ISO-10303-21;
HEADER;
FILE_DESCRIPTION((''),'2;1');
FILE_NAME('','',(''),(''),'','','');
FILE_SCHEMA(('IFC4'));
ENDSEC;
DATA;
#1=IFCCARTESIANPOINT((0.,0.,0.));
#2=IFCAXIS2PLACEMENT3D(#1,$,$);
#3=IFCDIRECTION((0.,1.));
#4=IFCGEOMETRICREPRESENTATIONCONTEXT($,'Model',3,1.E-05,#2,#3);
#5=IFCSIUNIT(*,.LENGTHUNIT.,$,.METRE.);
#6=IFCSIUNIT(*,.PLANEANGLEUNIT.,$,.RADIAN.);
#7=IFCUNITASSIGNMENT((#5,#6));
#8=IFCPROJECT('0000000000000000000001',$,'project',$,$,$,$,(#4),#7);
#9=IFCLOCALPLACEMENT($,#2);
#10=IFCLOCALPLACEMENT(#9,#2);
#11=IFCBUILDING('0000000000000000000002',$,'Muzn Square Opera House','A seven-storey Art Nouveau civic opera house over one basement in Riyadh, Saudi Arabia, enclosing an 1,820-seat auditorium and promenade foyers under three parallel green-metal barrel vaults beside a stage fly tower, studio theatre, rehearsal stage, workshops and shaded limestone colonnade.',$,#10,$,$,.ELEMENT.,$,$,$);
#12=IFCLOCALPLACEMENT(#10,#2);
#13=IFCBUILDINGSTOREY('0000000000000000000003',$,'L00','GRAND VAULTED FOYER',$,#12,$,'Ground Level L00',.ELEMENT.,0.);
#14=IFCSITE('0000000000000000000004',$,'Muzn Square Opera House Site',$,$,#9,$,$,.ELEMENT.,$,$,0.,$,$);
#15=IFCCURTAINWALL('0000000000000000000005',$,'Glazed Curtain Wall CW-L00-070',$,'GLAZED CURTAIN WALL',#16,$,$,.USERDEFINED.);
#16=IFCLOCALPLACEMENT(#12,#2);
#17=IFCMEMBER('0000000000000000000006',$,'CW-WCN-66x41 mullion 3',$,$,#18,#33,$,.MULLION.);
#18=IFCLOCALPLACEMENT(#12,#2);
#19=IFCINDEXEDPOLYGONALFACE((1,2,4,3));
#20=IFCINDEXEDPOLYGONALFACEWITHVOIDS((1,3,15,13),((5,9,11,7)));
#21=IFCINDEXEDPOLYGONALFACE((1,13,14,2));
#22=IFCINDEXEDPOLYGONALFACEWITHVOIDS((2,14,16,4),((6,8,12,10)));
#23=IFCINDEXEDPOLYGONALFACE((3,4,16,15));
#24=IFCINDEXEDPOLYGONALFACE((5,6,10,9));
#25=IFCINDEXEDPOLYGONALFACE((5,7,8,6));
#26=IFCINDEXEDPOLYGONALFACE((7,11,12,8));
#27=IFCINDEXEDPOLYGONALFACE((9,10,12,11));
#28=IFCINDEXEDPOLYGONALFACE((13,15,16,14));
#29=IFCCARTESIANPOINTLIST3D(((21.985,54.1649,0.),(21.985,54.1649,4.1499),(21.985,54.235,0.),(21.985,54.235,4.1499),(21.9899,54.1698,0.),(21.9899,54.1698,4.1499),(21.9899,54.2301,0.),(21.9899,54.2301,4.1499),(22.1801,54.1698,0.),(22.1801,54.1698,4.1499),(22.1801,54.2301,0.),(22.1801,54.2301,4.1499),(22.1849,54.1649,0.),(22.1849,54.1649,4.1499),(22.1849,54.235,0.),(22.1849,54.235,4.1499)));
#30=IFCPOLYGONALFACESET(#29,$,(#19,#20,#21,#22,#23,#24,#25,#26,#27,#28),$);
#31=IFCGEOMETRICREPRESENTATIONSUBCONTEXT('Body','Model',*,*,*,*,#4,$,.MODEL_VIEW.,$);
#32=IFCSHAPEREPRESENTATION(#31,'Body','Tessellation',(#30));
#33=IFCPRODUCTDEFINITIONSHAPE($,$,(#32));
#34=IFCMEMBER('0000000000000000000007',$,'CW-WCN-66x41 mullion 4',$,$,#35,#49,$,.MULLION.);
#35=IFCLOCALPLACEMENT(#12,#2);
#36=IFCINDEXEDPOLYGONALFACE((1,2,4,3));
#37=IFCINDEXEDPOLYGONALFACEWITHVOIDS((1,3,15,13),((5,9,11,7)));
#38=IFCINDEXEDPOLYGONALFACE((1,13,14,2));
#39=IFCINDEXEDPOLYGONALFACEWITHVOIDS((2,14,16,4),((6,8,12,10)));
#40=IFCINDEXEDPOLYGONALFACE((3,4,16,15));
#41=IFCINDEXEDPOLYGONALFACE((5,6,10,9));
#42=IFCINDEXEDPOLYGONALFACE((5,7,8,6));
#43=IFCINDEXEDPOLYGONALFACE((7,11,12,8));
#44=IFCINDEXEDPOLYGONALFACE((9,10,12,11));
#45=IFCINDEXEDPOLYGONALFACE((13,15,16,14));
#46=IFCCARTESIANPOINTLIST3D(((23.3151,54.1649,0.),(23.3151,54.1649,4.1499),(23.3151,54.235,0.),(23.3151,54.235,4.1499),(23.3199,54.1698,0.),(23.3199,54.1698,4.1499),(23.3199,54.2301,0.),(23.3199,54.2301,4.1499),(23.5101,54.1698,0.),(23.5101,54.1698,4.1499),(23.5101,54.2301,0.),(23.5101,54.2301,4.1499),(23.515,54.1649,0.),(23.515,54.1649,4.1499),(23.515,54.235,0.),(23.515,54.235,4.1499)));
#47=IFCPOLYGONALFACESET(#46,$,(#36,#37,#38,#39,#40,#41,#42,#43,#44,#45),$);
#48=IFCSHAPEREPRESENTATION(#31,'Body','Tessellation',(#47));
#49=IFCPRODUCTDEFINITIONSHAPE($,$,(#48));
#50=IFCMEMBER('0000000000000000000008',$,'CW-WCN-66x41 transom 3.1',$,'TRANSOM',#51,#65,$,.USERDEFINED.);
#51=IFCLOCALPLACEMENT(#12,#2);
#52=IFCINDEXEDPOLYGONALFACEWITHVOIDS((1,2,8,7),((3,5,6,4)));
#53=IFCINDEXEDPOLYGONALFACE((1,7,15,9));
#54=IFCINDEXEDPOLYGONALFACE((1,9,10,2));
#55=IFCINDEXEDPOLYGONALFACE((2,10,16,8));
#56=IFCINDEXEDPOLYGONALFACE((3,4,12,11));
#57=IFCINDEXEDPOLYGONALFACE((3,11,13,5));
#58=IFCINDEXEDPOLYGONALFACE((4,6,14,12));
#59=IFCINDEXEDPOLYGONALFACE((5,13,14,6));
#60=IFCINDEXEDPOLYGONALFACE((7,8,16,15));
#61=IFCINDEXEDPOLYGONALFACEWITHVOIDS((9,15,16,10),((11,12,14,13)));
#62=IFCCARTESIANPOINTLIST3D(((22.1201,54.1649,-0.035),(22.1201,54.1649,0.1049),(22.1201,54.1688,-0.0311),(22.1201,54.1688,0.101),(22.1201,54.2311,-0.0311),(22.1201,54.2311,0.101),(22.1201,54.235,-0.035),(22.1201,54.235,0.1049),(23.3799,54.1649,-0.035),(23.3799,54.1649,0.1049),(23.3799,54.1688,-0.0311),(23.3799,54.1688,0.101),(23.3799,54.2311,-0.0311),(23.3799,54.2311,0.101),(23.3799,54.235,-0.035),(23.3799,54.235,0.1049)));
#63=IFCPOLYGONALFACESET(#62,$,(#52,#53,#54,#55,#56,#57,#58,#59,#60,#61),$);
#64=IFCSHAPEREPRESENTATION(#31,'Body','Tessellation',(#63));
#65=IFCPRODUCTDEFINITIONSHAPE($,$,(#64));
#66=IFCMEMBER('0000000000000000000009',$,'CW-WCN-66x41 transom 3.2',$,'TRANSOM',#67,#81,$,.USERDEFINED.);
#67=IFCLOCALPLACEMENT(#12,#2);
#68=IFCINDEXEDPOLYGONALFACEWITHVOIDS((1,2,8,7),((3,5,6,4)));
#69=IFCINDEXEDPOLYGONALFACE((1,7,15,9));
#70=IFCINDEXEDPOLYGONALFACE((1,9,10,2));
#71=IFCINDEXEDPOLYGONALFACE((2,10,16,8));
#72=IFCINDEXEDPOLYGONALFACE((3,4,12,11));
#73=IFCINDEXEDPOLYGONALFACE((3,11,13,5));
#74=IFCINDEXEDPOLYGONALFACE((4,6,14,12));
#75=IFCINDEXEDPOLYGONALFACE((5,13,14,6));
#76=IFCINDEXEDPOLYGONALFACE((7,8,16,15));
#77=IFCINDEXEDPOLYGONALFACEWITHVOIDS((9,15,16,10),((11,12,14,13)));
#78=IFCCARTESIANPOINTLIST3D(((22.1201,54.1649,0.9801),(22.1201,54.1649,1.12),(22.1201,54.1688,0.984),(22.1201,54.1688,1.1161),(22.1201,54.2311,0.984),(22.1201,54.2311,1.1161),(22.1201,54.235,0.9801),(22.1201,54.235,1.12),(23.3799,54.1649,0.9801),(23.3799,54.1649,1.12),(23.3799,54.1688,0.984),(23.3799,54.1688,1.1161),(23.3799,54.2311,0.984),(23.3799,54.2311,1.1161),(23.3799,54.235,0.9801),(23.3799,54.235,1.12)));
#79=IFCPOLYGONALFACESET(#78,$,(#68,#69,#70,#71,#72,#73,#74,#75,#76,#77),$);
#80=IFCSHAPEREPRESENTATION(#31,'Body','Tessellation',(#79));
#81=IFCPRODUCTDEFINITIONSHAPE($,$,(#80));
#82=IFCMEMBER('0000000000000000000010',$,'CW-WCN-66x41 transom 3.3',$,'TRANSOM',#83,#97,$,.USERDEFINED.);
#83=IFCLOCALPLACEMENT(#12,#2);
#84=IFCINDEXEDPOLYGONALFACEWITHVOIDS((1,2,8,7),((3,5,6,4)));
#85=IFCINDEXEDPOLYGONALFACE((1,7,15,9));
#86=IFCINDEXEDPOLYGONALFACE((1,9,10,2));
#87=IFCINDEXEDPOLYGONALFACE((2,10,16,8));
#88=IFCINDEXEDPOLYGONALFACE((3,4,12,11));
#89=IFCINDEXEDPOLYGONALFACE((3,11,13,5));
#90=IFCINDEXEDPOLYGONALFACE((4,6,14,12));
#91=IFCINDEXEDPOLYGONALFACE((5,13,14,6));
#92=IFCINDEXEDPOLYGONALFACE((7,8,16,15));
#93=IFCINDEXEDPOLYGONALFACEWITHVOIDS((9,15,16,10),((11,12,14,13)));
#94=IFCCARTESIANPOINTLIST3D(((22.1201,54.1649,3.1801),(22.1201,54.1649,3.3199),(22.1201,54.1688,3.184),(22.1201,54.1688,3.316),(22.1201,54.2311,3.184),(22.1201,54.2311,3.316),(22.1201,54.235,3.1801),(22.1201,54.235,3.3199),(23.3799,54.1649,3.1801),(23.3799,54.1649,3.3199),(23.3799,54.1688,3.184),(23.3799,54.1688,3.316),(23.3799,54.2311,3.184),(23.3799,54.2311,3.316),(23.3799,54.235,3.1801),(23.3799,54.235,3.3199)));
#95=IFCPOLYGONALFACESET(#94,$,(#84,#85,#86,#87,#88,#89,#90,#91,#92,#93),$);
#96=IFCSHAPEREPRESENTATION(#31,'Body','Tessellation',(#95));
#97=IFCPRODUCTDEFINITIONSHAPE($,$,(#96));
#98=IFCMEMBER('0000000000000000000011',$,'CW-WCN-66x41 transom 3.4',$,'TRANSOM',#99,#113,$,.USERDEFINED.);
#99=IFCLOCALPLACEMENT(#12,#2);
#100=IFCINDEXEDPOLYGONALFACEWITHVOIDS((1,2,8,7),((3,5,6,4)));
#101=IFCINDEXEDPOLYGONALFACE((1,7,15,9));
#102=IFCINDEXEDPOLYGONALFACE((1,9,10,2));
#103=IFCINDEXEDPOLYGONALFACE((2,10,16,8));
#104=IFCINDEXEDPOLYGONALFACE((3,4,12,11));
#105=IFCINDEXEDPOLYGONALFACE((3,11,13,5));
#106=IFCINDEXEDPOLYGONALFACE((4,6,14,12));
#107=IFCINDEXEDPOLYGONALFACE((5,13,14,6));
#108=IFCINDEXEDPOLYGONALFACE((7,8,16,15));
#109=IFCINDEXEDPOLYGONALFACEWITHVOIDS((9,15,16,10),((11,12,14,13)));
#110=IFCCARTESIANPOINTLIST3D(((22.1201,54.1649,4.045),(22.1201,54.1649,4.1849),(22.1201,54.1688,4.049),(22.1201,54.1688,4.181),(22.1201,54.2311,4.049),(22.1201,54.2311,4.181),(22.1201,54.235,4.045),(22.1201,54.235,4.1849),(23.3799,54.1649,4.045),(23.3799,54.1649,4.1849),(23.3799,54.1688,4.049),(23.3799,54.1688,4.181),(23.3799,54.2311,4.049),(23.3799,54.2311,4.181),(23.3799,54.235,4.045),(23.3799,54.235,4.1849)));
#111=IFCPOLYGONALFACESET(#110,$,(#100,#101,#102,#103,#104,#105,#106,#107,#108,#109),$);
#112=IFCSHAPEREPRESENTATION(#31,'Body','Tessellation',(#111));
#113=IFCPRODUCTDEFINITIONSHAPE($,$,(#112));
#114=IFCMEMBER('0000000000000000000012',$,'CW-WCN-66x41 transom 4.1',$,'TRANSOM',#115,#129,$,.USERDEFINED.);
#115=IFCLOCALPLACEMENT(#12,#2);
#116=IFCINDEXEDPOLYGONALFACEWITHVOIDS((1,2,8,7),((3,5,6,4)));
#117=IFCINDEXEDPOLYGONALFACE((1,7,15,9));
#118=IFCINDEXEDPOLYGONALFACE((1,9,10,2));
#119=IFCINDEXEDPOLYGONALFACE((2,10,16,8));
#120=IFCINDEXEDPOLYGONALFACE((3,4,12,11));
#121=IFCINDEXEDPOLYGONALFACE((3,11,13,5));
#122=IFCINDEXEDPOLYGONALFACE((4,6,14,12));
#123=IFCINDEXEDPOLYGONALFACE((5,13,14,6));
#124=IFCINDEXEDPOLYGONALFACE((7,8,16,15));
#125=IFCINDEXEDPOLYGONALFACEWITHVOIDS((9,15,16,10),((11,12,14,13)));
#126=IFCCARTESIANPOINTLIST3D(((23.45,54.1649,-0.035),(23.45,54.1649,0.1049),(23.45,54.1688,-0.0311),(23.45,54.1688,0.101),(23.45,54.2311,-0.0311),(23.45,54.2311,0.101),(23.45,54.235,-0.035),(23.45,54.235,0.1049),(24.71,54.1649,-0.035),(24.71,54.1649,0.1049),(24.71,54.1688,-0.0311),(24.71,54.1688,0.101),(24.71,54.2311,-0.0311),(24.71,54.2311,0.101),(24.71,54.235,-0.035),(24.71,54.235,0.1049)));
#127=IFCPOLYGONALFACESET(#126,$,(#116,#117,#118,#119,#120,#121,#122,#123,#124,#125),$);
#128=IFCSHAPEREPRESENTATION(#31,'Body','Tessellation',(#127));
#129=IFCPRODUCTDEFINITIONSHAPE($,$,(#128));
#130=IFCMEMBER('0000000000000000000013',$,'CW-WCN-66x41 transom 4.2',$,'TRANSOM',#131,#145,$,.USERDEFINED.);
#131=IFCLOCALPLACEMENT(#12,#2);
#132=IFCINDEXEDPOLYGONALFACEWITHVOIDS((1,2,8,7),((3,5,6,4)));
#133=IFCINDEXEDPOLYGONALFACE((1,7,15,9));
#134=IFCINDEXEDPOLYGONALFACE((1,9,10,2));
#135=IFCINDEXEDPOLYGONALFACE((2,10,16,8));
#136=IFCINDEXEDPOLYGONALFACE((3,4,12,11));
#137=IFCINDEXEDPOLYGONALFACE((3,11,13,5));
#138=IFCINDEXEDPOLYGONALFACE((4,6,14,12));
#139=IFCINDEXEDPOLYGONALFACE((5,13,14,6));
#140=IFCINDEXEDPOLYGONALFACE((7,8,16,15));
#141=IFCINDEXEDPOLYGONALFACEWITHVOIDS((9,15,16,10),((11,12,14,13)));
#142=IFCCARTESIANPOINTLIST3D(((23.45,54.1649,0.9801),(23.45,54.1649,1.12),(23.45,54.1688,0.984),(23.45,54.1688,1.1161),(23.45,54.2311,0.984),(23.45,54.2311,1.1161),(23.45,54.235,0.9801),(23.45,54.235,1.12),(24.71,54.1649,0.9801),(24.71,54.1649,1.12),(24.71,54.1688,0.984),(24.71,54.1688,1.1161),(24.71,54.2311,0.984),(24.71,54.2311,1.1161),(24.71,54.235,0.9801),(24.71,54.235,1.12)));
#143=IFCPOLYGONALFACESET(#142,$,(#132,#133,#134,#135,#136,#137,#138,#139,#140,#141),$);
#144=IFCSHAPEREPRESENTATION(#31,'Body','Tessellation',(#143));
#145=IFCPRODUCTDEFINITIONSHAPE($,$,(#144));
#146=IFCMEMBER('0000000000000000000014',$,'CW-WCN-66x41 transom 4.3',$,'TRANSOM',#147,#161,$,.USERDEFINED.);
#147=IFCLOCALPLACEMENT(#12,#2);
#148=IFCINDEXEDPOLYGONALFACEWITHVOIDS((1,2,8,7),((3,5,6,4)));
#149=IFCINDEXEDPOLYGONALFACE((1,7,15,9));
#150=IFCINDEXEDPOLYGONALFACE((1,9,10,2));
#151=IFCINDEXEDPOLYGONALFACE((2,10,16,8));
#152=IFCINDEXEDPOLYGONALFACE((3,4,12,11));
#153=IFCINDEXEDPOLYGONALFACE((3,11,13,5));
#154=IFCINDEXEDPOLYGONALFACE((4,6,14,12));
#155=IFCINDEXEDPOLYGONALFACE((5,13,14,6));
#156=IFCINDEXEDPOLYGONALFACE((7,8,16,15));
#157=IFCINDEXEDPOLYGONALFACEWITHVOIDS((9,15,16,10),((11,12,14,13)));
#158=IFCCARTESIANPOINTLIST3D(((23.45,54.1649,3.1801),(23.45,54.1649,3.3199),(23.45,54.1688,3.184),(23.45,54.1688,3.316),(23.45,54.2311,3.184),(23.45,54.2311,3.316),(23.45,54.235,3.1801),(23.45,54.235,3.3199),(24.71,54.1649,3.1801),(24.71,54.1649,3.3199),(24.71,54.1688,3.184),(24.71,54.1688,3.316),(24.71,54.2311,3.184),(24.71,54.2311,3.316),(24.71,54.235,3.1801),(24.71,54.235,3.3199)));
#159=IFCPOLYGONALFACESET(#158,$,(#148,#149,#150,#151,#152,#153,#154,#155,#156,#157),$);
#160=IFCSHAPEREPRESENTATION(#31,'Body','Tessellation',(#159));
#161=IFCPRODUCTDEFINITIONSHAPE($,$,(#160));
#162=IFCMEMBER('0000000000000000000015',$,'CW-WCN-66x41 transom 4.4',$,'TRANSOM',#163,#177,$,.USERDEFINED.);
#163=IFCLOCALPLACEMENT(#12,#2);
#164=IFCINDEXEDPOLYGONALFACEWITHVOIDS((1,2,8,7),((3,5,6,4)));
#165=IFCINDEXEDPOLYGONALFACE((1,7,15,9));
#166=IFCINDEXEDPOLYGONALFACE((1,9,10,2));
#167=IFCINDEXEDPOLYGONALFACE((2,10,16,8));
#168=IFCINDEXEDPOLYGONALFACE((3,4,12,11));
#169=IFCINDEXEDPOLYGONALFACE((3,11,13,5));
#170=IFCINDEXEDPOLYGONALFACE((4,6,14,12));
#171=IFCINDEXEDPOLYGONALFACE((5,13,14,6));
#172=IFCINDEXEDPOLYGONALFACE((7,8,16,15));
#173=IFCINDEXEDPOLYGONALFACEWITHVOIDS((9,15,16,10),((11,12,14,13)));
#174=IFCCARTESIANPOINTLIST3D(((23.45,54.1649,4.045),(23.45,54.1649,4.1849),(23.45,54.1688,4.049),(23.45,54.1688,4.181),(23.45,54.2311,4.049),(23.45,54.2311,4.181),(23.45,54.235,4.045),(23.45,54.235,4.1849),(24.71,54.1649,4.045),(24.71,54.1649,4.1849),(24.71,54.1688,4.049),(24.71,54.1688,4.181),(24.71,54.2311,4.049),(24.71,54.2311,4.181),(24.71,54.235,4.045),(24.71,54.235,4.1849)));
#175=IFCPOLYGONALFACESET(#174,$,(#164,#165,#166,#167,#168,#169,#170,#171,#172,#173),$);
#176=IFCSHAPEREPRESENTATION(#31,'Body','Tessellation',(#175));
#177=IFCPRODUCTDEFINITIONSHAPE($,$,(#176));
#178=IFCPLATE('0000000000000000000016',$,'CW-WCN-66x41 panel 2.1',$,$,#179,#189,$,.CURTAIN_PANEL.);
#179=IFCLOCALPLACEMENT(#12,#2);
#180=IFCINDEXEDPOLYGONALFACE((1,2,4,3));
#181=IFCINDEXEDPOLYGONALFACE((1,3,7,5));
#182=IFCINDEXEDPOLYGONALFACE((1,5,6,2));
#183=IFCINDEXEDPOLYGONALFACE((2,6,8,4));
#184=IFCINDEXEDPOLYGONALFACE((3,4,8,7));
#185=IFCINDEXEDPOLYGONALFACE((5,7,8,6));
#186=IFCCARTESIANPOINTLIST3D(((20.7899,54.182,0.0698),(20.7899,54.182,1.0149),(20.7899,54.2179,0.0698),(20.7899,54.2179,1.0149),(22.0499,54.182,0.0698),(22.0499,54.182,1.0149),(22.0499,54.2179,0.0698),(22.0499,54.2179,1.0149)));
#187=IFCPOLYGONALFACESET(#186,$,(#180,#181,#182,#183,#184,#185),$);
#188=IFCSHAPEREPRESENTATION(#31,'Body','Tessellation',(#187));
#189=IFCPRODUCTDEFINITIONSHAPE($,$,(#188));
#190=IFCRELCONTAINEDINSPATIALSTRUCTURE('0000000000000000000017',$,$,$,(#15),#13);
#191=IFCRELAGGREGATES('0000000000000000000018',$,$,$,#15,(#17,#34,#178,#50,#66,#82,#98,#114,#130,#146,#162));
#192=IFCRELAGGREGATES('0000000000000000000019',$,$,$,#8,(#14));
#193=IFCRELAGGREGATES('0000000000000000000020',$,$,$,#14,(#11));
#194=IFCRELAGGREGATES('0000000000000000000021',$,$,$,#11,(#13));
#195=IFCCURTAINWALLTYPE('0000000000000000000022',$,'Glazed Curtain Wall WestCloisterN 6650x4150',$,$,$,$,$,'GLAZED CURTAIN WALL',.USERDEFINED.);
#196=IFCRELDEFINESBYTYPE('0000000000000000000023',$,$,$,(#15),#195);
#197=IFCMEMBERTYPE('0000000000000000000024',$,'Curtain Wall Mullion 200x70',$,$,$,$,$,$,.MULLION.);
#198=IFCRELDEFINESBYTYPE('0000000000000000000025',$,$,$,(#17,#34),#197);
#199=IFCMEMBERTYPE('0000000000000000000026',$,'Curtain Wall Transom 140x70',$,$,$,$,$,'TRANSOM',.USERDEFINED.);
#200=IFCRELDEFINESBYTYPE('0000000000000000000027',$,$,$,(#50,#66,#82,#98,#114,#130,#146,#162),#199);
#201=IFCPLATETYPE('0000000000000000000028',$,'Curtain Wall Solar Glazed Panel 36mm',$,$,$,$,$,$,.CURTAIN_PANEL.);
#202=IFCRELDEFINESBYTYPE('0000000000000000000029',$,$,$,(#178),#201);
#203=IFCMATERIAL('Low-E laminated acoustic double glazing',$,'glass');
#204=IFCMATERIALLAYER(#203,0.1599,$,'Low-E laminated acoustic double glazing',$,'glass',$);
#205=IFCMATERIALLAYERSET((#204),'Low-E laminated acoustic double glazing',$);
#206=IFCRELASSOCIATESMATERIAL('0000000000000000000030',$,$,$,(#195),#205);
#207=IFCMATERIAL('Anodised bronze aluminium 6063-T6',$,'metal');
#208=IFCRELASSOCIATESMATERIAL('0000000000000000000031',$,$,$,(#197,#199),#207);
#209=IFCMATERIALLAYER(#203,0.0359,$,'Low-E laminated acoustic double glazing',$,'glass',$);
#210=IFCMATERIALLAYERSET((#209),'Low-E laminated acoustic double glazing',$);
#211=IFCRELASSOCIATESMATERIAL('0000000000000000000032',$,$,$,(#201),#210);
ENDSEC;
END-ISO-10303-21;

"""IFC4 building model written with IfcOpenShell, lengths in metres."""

from ifc_helpers import new_model, si_unit, direction, frame, origin, origin_2d, place, context, subcontext, project, spatial, rectangle, hollow_rectangle, extrude, material, layer, layer_set, material_profile, profile_set, type_object, element, aggregate, save


model = new_model("IFC4")

# Units and contexts
model_context = context("Model", 3, precision=1e-05, world=origin(), true_north=direction((0.0, 1.0)))
body_context = subcontext(model_context, "Body", "Model", "MODEL_VIEW")
ifc_project = project(units=[si_unit("LENGTHUNIT", "METRE"), si_unit("PLANEANGLEUNIT", "RADIAN")], contexts=[model_context])

# Site, building, storey
site_placement = place(None, origin())
site = spatial("IfcSite", under=ifc_project, at=site_placement, Name="Muzn Square Opera House Site", CompositionType="ELEMENT", RefElevation=0.0)
building_placement = place(site_placement, origin())
building = spatial("IfcBuilding", under=site, at=building_placement, Name="Muzn Square Opera House", Description="A seven-storey Art Nouveau civic opera house over one basement in Riyadh, Saudi Arabia, enclosing an 1,820-seat auditorium and promenade foyers under three parallel green-metal barrel vaults beside a stage fly tower, studio theatre, rehearsal stage, workshops and shaded limestone colonnade.", CompositionType="ELEMENT")
storey_placement = place(building_placement, origin())
storey = spatial("IfcBuildingStorey", under=building, at=storey_placement, Name="L00", Description="GRAND VAULTED FOYER", LongName="Ground Level L00", CompositionType="ELEMENT", Elevation=0.0)

# Curtain wall, members, plate
ifc_material_1 = material(Name="Low-E laminated acoustic double glazing", Category="glass")
ifc_layer_1 = layer(ifc_material_1, 0.1599, Name="Low-E laminated acoustic double glazing", Category="glass")
ifc_layer_set_1 = layer_set([ifc_layer_1], Name="Low-E laminated acoustic double glazing")
curtain_wall_type = type_object("IfcCurtainWallType", Name="Glazed Curtain Wall WestCloisterN 6650x4150", ElementType="GLAZED CURTAIN WALL", PredefinedType="USERDEFINED", material=ifc_layer_set_1)
curtain_wall_placement = place(storey_placement, origin())
curtain_wall = element("IfcCurtainWall", 1, at=curtain_wall_placement, inside=storey, type_object=curtain_wall_type, Name="Glazed Curtain Wall CW-L00-070", ObjectType="GLAZED CURTAIN WALL", PredefinedType="USERDEFINED")
ifc_material_2 = material(Name="Anodised bronze aluminium 6063-T6", Category="metal")
ifc_material_profile_1 = material_profile(ifc_material_2, hollow_rectangle(XDim=0.0701, YDim=0.2, WallThickness=0.0049, at=origin_2d()), Name="ALU 200x70x5", Category="metal")
ifc_profile_set_1 = profile_set([ifc_material_profile_1], Name="Anodised bronze aluminium 6063-T6")
member_type_1 = type_object("IfcMemberType", Name="Curtain Wall Mullion 200x70", PredefinedType="MULLION", material=ifc_profile_set_1)
member_1_placement = place(storey_placement, frame((22.085, 54.2, 0.0), z_axis=(0.0, 0.0, 1.0), x_axis=(0.0, 1.0, 0.0)))
member_1 = element("IfcMember", 2, at=member_1_placement, type_object=member_type_1, Name="CW-WCN-66x41 mullion 3", PredefinedType="MULLION", context=body_context, shape_type="SweptSolid", body=[
    extrude(hollow_rectangle(XDim=0.0701, YDim=0.2, WallThickness=0.0049, at=origin_2d()), origin(), (0.0, 0.0, 1.0), 4.1499),
])
member_2_placement = place(storey_placement, frame((23.415, 54.2, 0.0), z_axis=(0.0, 0.0, 1.0), x_axis=(0.0, 1.0, 0.0)))
member_2 = element("IfcMember", 3, at=member_2_placement, type_object=member_type_1, Name="CW-WCN-66x41 mullion 4", PredefinedType="MULLION", context=body_context, shape_type="SweptSolid", body=[
    extrude(hollow_rectangle(XDim=0.0701, YDim=0.2, WallThickness=0.0049, at=origin_2d()), origin(), (0.0, 0.0, 1.0), 4.1499),
])
ifc_material_profile_2 = material_profile(ifc_material_2, hollow_rectangle(XDim=0.0701, YDim=0.1399, WallThickness=0.0039, at=origin_2d()), Name="ALU 140x70x4", Category="metal")
ifc_profile_set_2 = profile_set([ifc_material_profile_2], Name="Anodised bronze aluminium 6063-T6")
member_type_2 = type_object("IfcMemberType", Name="Curtain Wall Transom 140x70", ElementType="TRANSOM", PredefinedType="USERDEFINED", material=ifc_profile_set_2)
member_3_placement = place(storey_placement, frame((22.1201, 54.2, 0.0349), z_axis=(1.0, 0.0, 0.0), x_axis=(0.0, 1.0, 0.0)))
member_3 = element("IfcMember", 4, at=member_3_placement, type_object=member_type_2, Name="CW-WCN-66x41 transom 3.1", ObjectType="TRANSOM", PredefinedType="USERDEFINED", context=body_context, shape_type="SweptSolid", body=[
    extrude(hollow_rectangle(XDim=0.0701, YDim=0.1399, WallThickness=0.0039, at=origin_2d()), origin(), (0.0, 0.0, 1.0), 1.2598),
])
member_4_placement = place(storey_placement, frame((22.1201, 54.2, 1.05), z_axis=(1.0, 0.0, 0.0), x_axis=(0.0, 1.0, 0.0)))
member_4 = element("IfcMember", 5, at=member_4_placement, type_object=member_type_2, Name="CW-WCN-66x41 transom 3.2", ObjectType="TRANSOM", PredefinedType="USERDEFINED", context=body_context, shape_type="SweptSolid", body=[
    extrude(hollow_rectangle(XDim=0.0701, YDim=0.1399, WallThickness=0.0039, at=origin_2d()), origin(), (0.0, 0.0, 1.0), 1.2598),
])
member_5_placement = place(storey_placement, frame((22.1201, 54.2, 3.25), z_axis=(1.0, 0.0, 0.0), x_axis=(0.0, 1.0, 0.0)))
member_5 = element("IfcMember", 6, at=member_5_placement, type_object=member_type_2, Name="CW-WCN-66x41 transom 3.3", ObjectType="TRANSOM", PredefinedType="USERDEFINED", context=body_context, shape_type="SweptSolid", body=[
    extrude(hollow_rectangle(XDim=0.0701, YDim=0.1399, WallThickness=0.0039, at=origin_2d()), origin(), (0.0, 0.0, 1.0), 1.2598),
])
member_6_placement = place(storey_placement, frame((22.1201, 54.2, 4.115), z_axis=(1.0, 0.0, 0.0), x_axis=(0.0, 1.0, 0.0)))
member_6 = element("IfcMember", 7, at=member_6_placement, type_object=member_type_2, Name="CW-WCN-66x41 transom 3.4", ObjectType="TRANSOM", PredefinedType="USERDEFINED", context=body_context, shape_type="SweptSolid", body=[
    extrude(hollow_rectangle(XDim=0.0701, YDim=0.1399, WallThickness=0.0039, at=origin_2d()), origin(), (0.0, 0.0, 1.0), 1.2598),
])
member_7_placement = place(storey_placement, frame((23.45, 54.2, 0.0349), z_axis=(1.0, 0.0, 0.0), x_axis=(0.0, 1.0, 0.0)))
member_7 = element("IfcMember", 8, at=member_7_placement, type_object=member_type_2, Name="CW-WCN-66x41 transom 4.1", ObjectType="TRANSOM", PredefinedType="USERDEFINED", context=body_context, shape_type="SweptSolid", body=[
    extrude(hollow_rectangle(XDim=0.0701, YDim=0.1399, WallThickness=0.0039, at=origin_2d()), origin(), (0.0, 0.0, 1.0), 1.26),
])
member_8_placement = place(storey_placement, frame((23.45, 54.2, 1.05), z_axis=(1.0, 0.0, 0.0), x_axis=(0.0, 1.0, 0.0)))
member_8 = element("IfcMember", 9, at=member_8_placement, type_object=member_type_2, Name="CW-WCN-66x41 transom 4.2", ObjectType="TRANSOM", PredefinedType="USERDEFINED", context=body_context, shape_type="SweptSolid", body=[
    extrude(hollow_rectangle(XDim=0.0701, YDim=0.1399, WallThickness=0.0039, at=origin_2d()), origin(), (0.0, 0.0, 1.0), 1.26),
])
member_9_placement = place(storey_placement, frame((23.45, 54.2, 3.25), z_axis=(1.0, 0.0, 0.0), x_axis=(0.0, 1.0, 0.0)))
member_9 = element("IfcMember", 10, at=member_9_placement, type_object=member_type_2, Name="CW-WCN-66x41 transom 4.3", ObjectType="TRANSOM", PredefinedType="USERDEFINED", context=body_context, shape_type="SweptSolid", body=[
    extrude(hollow_rectangle(XDim=0.0701, YDim=0.1399, WallThickness=0.0039, at=origin_2d()), origin(), (0.0, 0.0, 1.0), 1.26),
])
member_10_placement = place(storey_placement, frame((23.45, 54.2, 4.115), z_axis=(1.0, 0.0, 0.0), x_axis=(0.0, 1.0, 0.0)))
member_10 = element("IfcMember", 11, at=member_10_placement, type_object=member_type_2, Name="CW-WCN-66x41 transom 4.4", ObjectType="TRANSOM", PredefinedType="USERDEFINED", context=body_context, shape_type="SweptSolid", body=[
    extrude(hollow_rectangle(XDim=0.0701, YDim=0.1399, WallThickness=0.0039, at=origin_2d()), origin(), (0.0, 0.0, 1.0), 1.26),
])
ifc_layer_2 = layer(ifc_material_1, 0.0359, Name="Low-E laminated acoustic double glazing", Category="glass")
ifc_layer_set_2 = layer_set([ifc_layer_2], Name="Low-E laminated acoustic double glazing")
plate_type = type_object("IfcPlateType", Name="Curtain Wall Solar Glazed Panel 36mm", PredefinedType="CURTAIN_PANEL", material=ifc_layer_set_2)
plate_1_placement = place(storey_placement, frame((21.4199, 54.2, 0.0698), z_axis=(0.0, 0.0, 1.0), x_axis=(1.0, 0.0, 0.0)))
plate_1 = element("IfcPlate", 12, at=plate_1_placement, type_object=plate_type, Name="CW-WCN-66x41 panel 2.1", PredefinedType="CURTAIN_PANEL", context=body_context, shape_type="SweptSolid", body=[
    extrude(rectangle(XDim=1.26, YDim=0.0359, at=origin_2d()), origin(), (0.0, 0.0, 1.0), 0.9451),
])
aggregate(curtain_wall, [member_1, member_2, plate_1, member_3, member_4, member_5, member_6, member_7, member_8, member_9, member_10])

save(model, "model.ifc")
